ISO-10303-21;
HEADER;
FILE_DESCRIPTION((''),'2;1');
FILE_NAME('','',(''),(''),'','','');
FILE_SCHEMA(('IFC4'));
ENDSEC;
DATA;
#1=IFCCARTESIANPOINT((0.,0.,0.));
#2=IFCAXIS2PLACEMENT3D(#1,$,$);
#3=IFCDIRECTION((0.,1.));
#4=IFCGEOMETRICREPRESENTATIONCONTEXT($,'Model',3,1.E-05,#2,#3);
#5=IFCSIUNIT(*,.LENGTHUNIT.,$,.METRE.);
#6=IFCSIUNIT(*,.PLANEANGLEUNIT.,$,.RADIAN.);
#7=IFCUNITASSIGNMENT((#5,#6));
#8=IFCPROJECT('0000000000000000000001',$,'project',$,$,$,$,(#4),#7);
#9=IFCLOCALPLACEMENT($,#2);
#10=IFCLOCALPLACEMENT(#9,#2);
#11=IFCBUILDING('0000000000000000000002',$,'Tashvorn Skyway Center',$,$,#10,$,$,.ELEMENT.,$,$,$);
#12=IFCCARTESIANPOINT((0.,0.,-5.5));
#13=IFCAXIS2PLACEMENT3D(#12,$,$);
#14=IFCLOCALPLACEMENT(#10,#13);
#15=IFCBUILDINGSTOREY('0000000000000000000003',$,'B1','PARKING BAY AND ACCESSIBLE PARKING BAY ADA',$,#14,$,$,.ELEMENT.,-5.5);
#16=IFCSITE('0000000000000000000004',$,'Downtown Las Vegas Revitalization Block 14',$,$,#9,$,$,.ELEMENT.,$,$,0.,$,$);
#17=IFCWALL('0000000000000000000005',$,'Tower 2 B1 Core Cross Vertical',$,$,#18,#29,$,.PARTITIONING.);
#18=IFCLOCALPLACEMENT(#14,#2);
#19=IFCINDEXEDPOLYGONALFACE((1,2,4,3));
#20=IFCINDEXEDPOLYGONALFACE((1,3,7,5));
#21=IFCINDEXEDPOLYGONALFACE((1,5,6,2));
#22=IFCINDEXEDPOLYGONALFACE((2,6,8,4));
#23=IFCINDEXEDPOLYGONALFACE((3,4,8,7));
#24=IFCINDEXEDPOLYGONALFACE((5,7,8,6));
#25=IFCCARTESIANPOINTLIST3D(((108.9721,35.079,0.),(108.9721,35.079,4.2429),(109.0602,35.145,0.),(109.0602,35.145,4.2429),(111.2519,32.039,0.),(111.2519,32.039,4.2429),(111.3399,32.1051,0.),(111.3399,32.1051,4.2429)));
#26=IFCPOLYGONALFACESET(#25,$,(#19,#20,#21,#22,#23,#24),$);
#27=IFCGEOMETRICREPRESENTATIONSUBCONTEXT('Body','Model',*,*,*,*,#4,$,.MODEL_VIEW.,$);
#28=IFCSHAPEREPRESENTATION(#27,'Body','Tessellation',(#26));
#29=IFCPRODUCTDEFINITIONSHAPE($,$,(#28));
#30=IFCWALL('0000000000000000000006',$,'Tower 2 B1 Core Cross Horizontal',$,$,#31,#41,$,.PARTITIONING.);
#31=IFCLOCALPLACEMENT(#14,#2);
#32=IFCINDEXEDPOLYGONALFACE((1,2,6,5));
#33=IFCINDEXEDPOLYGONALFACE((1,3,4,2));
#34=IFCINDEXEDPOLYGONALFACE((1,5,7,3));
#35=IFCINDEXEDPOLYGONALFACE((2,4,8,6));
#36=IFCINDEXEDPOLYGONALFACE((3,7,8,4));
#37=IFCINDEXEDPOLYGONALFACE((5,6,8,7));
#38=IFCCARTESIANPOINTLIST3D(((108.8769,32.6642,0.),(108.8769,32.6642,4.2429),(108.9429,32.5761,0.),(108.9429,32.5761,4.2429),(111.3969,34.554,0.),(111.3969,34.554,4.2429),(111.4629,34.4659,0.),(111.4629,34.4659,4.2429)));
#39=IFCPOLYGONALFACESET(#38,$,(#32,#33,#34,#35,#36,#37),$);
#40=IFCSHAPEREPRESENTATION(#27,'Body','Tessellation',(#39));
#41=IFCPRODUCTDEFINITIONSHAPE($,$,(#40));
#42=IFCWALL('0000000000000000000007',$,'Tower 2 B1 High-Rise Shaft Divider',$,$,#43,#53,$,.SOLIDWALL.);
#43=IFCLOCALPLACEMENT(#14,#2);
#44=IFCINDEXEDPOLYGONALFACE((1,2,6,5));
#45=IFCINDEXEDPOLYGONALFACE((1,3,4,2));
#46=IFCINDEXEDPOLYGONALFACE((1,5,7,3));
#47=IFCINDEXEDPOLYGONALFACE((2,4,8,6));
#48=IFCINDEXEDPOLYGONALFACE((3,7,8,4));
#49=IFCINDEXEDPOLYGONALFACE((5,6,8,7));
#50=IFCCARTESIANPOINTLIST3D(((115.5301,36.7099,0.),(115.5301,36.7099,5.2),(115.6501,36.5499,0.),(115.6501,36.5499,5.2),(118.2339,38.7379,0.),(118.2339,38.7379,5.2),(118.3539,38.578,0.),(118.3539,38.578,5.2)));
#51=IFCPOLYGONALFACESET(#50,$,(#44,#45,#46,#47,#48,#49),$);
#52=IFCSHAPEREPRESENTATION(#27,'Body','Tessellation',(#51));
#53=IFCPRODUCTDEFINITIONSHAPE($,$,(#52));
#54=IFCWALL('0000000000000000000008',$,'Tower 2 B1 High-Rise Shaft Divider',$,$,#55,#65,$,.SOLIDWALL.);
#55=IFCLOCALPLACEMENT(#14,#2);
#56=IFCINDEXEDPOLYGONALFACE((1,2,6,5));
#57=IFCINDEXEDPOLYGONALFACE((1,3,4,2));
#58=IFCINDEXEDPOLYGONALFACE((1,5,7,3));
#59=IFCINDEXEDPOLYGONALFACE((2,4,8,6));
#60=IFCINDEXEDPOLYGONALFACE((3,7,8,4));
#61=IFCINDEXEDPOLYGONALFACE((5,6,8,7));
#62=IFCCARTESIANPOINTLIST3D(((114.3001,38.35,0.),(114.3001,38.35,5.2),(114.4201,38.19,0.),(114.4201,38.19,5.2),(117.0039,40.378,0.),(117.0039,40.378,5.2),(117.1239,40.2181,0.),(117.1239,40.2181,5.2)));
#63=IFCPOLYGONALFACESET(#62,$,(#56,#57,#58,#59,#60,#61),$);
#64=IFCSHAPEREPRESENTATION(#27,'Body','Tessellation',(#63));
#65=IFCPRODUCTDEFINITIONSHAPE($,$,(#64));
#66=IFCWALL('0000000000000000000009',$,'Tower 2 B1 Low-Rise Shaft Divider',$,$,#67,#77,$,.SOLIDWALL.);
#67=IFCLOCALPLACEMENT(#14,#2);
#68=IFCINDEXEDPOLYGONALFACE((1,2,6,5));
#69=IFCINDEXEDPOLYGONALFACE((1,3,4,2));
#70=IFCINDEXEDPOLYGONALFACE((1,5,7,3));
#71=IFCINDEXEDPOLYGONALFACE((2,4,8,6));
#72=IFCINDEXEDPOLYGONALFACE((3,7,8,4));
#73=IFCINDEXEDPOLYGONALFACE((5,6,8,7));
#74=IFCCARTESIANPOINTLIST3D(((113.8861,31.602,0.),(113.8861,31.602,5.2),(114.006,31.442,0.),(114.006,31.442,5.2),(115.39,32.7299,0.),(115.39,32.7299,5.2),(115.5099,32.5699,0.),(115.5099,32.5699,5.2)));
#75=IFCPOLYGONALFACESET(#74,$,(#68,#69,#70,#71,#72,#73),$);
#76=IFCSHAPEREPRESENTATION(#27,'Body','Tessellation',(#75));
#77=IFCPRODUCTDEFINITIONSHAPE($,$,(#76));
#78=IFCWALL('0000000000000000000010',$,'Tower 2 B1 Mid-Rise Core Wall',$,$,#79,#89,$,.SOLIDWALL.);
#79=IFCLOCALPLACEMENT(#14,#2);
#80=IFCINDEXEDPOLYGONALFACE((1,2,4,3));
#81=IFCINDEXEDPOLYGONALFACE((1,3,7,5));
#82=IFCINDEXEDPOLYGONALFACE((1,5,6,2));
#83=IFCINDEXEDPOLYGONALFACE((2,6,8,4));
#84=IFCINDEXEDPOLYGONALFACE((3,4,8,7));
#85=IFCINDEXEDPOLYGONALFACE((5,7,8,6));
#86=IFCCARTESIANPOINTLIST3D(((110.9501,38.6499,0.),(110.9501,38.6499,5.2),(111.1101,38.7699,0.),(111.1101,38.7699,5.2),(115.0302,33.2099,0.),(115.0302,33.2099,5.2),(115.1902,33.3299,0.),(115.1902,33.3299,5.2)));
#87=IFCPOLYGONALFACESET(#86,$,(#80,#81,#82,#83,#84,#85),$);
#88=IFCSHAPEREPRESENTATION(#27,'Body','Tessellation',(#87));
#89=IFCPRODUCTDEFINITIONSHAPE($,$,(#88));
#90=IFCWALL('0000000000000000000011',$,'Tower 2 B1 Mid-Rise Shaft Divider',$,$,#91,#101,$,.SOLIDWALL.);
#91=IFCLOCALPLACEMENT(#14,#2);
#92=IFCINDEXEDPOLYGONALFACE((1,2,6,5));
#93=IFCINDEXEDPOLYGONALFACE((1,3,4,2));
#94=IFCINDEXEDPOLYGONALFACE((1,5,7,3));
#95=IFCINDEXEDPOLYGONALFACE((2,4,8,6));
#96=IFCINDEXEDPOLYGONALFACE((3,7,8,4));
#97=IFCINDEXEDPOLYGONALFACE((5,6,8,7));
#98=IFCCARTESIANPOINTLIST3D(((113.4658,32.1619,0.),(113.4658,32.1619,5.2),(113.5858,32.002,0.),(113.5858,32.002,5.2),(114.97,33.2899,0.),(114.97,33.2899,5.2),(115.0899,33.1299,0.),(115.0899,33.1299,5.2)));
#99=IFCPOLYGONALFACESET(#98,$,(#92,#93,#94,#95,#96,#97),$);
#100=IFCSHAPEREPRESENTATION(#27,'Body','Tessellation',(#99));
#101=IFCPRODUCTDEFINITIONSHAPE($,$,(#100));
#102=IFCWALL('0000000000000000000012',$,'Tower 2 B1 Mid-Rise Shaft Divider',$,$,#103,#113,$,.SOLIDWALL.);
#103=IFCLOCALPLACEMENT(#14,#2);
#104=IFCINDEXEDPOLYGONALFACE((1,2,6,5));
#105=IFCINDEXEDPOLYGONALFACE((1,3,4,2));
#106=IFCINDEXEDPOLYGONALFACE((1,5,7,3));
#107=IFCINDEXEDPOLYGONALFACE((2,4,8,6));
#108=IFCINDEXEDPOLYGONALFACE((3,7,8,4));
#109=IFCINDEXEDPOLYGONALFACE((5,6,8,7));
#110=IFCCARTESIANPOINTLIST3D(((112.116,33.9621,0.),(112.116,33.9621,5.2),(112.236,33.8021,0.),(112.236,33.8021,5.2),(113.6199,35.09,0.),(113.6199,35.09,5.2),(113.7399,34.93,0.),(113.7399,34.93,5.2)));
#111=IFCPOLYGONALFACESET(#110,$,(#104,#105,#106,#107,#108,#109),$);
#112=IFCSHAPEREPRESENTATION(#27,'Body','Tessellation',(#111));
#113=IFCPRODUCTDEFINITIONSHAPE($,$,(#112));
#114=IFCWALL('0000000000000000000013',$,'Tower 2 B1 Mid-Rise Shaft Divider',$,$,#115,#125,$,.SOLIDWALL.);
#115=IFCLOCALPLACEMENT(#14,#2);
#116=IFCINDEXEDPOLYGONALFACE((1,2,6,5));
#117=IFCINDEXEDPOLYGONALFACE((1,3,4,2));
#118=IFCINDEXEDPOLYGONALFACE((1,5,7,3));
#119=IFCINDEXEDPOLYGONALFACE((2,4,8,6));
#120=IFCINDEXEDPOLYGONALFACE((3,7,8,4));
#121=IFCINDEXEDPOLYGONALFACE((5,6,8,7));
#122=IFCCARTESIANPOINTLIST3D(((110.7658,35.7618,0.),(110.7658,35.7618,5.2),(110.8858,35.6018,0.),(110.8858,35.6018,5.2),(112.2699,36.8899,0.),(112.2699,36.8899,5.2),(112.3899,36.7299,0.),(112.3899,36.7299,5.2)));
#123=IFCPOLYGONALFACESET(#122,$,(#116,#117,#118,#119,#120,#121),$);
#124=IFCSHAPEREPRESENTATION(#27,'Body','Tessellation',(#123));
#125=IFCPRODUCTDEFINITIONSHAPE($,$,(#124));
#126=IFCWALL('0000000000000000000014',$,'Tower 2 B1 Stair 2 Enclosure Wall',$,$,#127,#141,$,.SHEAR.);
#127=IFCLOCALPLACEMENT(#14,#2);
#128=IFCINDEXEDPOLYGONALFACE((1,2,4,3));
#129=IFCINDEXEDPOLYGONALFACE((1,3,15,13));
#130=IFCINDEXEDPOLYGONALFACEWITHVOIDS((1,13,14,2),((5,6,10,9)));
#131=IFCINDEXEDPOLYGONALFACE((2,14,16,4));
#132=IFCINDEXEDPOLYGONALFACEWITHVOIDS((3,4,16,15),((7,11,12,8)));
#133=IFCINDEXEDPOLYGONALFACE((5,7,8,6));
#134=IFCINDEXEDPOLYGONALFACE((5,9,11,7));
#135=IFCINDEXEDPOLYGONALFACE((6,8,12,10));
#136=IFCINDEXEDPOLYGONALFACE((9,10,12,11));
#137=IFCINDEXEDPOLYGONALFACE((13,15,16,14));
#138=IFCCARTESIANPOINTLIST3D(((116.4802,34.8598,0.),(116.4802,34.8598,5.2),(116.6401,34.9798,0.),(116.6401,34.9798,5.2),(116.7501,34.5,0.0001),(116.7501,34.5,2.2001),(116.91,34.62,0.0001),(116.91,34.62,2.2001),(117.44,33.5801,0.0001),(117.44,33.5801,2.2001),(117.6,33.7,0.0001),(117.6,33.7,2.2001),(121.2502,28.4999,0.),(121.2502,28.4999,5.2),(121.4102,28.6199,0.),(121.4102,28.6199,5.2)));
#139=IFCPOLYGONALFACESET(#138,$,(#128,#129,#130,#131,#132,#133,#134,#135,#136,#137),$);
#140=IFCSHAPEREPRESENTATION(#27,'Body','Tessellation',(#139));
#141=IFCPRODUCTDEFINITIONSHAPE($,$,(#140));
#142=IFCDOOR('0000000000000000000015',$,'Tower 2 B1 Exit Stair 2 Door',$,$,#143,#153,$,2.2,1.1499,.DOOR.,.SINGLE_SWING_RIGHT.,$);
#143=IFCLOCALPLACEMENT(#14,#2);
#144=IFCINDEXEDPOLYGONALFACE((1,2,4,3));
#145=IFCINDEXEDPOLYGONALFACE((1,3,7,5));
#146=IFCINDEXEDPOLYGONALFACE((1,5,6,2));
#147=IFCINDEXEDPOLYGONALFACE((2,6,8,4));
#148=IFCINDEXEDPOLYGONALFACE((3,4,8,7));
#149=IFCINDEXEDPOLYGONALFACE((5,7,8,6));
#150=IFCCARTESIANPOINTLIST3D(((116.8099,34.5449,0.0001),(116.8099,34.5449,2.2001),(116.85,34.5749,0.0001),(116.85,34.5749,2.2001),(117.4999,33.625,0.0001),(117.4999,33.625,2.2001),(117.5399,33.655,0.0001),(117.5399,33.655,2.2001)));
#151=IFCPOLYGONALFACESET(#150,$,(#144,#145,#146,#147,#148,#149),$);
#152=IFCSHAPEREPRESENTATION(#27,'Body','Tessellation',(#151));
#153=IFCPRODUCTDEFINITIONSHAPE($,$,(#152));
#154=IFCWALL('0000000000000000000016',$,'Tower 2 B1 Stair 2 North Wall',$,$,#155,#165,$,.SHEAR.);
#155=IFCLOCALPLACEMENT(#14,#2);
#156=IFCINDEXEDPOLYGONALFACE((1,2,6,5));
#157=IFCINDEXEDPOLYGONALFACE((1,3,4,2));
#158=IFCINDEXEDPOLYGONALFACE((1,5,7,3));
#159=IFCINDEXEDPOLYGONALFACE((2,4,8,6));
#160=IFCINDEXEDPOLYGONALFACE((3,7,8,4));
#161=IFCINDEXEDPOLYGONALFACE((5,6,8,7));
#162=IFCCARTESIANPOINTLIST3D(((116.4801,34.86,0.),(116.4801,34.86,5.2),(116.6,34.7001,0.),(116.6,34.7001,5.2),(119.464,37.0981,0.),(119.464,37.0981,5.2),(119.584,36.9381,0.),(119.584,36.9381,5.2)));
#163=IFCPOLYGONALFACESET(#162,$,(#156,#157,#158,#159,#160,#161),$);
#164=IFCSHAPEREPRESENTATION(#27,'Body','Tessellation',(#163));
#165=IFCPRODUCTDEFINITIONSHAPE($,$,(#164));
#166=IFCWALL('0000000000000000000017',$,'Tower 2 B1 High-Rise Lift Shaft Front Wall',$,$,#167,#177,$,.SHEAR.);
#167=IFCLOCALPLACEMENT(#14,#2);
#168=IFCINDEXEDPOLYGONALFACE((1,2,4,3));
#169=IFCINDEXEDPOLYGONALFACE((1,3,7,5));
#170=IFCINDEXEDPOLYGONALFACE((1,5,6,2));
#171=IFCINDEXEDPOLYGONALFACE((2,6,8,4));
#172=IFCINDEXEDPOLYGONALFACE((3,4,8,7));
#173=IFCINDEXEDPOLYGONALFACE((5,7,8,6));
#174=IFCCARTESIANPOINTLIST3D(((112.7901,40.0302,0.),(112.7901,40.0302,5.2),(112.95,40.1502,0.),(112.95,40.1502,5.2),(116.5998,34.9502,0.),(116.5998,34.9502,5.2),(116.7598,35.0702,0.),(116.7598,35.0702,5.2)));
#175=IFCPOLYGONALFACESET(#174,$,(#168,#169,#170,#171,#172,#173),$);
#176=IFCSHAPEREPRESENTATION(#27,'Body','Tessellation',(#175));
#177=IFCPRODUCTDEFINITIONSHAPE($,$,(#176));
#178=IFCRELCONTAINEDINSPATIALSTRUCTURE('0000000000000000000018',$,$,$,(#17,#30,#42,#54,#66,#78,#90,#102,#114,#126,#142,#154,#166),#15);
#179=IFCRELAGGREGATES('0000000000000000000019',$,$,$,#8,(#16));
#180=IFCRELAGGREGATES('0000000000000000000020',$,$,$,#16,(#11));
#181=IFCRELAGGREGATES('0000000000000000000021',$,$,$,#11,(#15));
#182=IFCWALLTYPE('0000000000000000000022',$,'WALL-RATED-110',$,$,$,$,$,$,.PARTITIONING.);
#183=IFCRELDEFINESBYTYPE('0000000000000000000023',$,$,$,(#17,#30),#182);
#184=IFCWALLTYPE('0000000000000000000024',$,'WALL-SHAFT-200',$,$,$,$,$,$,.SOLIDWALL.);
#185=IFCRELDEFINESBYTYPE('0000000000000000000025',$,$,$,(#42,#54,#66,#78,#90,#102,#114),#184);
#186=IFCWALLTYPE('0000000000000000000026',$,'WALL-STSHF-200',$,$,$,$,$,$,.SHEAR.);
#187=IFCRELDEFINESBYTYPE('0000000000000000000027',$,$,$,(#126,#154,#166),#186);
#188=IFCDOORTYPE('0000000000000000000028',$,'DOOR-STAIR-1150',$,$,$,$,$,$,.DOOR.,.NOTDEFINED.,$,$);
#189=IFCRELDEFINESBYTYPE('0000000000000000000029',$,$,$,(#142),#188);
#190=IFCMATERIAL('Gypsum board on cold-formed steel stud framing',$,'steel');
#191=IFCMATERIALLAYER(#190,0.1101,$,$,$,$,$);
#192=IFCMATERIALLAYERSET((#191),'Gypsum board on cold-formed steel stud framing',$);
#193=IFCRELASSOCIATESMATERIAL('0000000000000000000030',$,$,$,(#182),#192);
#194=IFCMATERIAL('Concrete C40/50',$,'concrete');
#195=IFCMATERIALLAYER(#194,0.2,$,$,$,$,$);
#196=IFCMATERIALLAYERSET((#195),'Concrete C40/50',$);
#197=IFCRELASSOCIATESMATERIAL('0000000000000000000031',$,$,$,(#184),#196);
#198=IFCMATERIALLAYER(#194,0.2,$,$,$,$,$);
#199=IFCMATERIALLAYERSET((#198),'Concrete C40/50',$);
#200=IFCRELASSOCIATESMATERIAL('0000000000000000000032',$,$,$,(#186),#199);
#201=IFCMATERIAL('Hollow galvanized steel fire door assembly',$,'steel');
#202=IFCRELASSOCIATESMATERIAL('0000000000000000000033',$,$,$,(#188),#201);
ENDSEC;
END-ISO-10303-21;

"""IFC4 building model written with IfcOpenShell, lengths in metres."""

from ifc_helpers import new_model, si_unit, direction, frame, frame_2d, origin, place, context, subcontext, project, spatial, rectangle, extrude, material, layer, layer_set, type_object, element, fill, save


model = new_model("IFC4")

# Units and contexts
model_context = context("Model", 3, precision=1e-05, world=origin(), true_north=direction((0.0, 1.0)))
body_context = subcontext(model_context, "Body", "Model", "MODEL_VIEW")
ifc_project = project(units=[si_unit("LENGTHUNIT", "METRE"), si_unit("PLANEANGLEUNIT", "RADIAN")], contexts=[model_context])

# Site, building, storey
site_placement = place(None, origin())
site = spatial("IfcSite", under=ifc_project, at=site_placement, Name="Downtown Las Vegas Revitalization Block 14", CompositionType="ELEMENT", RefElevation=0.0)
building_placement = place(site_placement, origin())
building = spatial("IfcBuilding", under=site, at=building_placement, Name="Tashvorn Skyway Center", CompositionType="ELEMENT")
storey_placement = place(building_placement, frame((0.0, 0.0, -5.5)))
storey = spatial("IfcBuildingStorey", under=building, at=storey_placement, Name="B1", Description="PARKING BAY AND ACCESSIBLE PARKING BAY ADA", CompositionType="ELEMENT", Elevation=-5.5)

# Shared definitions
ifc_material_1 = material(Name="Concrete C40/50", Category="concrete")
ifc_material_2 = material(Name="Hollow galvanized steel fire door assembly", Category="steel")

# Walls
ifc_material_3 = material(Name="Gypsum board on cold-formed steel stud framing", Category="steel")
ifc_layer_1 = layer(ifc_material_3, 0.1101)
ifc_layer_set_1 = layer_set([ifc_layer_1], Name="Gypsum board on cold-formed steel stud framing")
wall_type_1 = type_object("IfcWallType", Name="WALL-RATED-110", PredefinedType="PARTITIONING", material=ifc_layer_set_1)
wall_1_placement = place(storey_placement, frame((111.2959, 32.072, 0.0), z_axis=(0.0, 0.0, 1.0), x_axis=(-0.599959, 0.800031, 0.0)))
element("IfcWall", 1, at=wall_1_placement, inside=storey, type_object=wall_type_1, Name="Tower 2 B1 Core Cross Vertical", PredefinedType="PARTITIONING", context=body_context, shape_type="SweptSolid", body=[
    extrude(rectangle(XDim=3.7998, YDim=0.1101, at=frame_2d((1.8999, 0.0))), origin(), (0.0, 0.0, 1.0), 4.2429),
])
wall_2_placement = place(storey_placement, frame((108.9099, 32.6201, 0.0), z_axis=(0.0, 0.0, 1.0), x_axis=(0.800019, 0.599975, 0.0)))
element("IfcWall", 2, at=wall_2_placement, inside=storey, type_object=wall_type_1, Name="Tower 2 B1 Core Cross Horizontal", PredefinedType="PARTITIONING", context=body_context, shape_type="SweptSolid", body=[
    extrude(rectangle(XDim=3.1499, YDim=0.1101, at=frame_2d((1.575, 0.0))), origin(), (0.0, 0.0, 1.0), 4.2429),
])
ifc_layer_2 = layer(ifc_material_1, 0.2)
ifc_layer_set_2 = layer_set([ifc_layer_2], Name="Concrete C40/50")
wall_type_2 = type_object("IfcWallType", Name="WALL-SHAFT-200", PredefinedType="SOLIDWALL", material=ifc_layer_set_2)
for number, where, z_axis, x_axis, name in (
    (3, (115.5901, 36.6299, 0.0), (0.0, 0.0, 1.0), (0.799974, 0.600035, 0.0), "Tower 2 B1 High-Rise Shaft Divider"),
    (4, (114.3601, 38.27, 0.0), (0.0, 0.0, 1.0), (0.799974, 0.600035, 0.0), "Tower 2 B1 High-Rise Shaft Divider"),
):
    element("IfcWall", number, at=place(storey_placement, frame(where, z_axis=z_axis, x_axis=x_axis)), inside=storey, type_object=wall_type_2, Name=name, PredefinedType="SOLIDWALL", context=body_context, shape_type="SweptSolid", body=[
        extrude(rectangle(XDim=3.3799, YDim=0.2, at=frame_2d((1.6899, 0.0))), origin(), (0.0, 0.0, 1.0), 5.2),
    ])
wall_3_placement = place(storey_placement, frame((113.946, 31.522, 0.0), z_axis=(0.0, 0.0, 1.0), x_axis=(0.8, 0.6, 0.0)))
element("IfcWall", 5, at=wall_3_placement, inside=storey, type_object=wall_type_2, Name="Tower 2 B1 Low-Rise Shaft Divider", PredefinedType="SOLIDWALL", context=body_context, shape_type="SweptSolid", body=[
    extrude(rectangle(XDim=1.8799, YDim=0.2, at=frame_2d((0.9399, 0.0))), origin(), (0.0, 0.0, 1.0), 5.2),
])
wall_4_placement = place(storey_placement, frame((115.1101, 33.27, 0.0), z_axis=(0.0, 0.0, 1.0), x_axis=(-0.600011, 0.799991, 0.0)))
element("IfcWall", 6, at=wall_4_placement, inside=storey, type_object=wall_type_2, Name="Tower 2 B1 Mid-Rise Core Wall", PredefinedType="SOLIDWALL", context=body_context, shape_type="SweptSolid", body=[
    extrude(rectangle(XDim=6.8, YDim=0.2, at=frame_2d((3.3999, 0.0))), origin(), (0.0, 0.0, 1.0), 5.2),
])
wall_5_placement = place(storey_placement, frame((113.5259, 32.082, 0.0), z_axis=(0.0, 0.0, 1.0), x_axis=(0.800047, 0.599938, 0.0)))
element("IfcWall", 7, at=wall_5_placement, inside=storey, type_object=wall_type_2, Name="Tower 2 B1 Mid-Rise Shaft Divider", PredefinedType="SOLIDWALL", context=body_context, shape_type="SweptSolid", body=[
    extrude(rectangle(XDim=1.8801, YDim=0.2, at=frame_2d((0.9399, 0.0))), origin(), (0.0, 0.0, 1.0), 5.2),
])
wall_6_placement = place(storey_placement, frame((112.176, 33.8821, 0.0), z_axis=(0.0, 0.0, 1.0), x_axis=(0.8, 0.6, 0.0)))
element("IfcWall", 8, at=wall_6_placement, inside=storey, type_object=wall_type_2, Name="Tower 2 B1 Mid-Rise Shaft Divider", PredefinedType="SOLIDWALL", context=body_context, shape_type="SweptSolid", body=[
    extrude(rectangle(XDim=1.8799, YDim=0.2, at=frame_2d((0.9399, 0.0))), origin(), (0.0, 0.0, 1.0), 5.2),
])
wall_7_placement = place(storey_placement, frame((110.8259, 35.6819, 0.0), z_axis=(0.0, 0.0, 1.0), x_axis=(0.799984, 0.600021, 0.0)))
element("IfcWall", 9, at=wall_7_placement, inside=storey, type_object=wall_type_2, Name="Tower 2 B1 Mid-Rise Shaft Divider", PredefinedType="SOLIDWALL", context=body_context, shape_type="SweptSolid", body=[
    extrude(rectangle(XDim=1.8801, YDim=0.2, at=frame_2d((0.9399, 0.0))), origin(), (0.0, 0.0, 1.0), 5.2),
])

# Wall, opening, door
ifc_layer_3 = layer(ifc_material_1, 0.2)
ifc_layer_set_3 = layer_set([ifc_layer_3], Name="Concrete C40/50")
wall_type_3 = type_object("IfcWallType", Name="WALL-STSHF-200", PredefinedType="SHEAR", material=ifc_layer_set_3)
wall_8_placement = place(storey_placement, frame((116.5601, 34.9199, 0.0), z_axis=(0.0, 0.0, 1.0), x_axis=(0.60001, -0.799993, 0.0)))
wall_8 = element("IfcWall", 10, at=wall_8_placement, inside=storey, type_object=wall_type_3, Name="Tower 2 B1 Stair 2 Enclosure Wall", PredefinedType="SHEAR", context=body_context, shape_type="SweptSolid", body=[
    extrude(rectangle(XDim=7.95, YDim=0.2, at=frame_2d((3.9751, 0.0))), origin(), (0.0, 0.0, 1.0), 5.2),
])
opening_1_placement = place(wall_8_placement, frame((0.45, 0.0, 0.0)))
opening_1 = element("IfcOpeningElement", 11, at=opening_1_placement, cuts=wall_8, PredefinedType="OPENING", context=body_context, shape_type="SweptSolid", body=[
    extrude(rectangle(XDim=1.1499, YDim=2.2, at=frame_2d((0.575, 1.1001))), frame((0.0, 0.1099, 0.0), z_axis=(0.0, -1.0, 0.0), x_axis=(1.0, 0.0, 0.0)), (0.0, 0.0, 1.0), 0.22),
])
door_type_1 = type_object("IfcDoorType", Name="DOOR-STAIR-1150", OperationType="NOTDEFINED", PredefinedType="DOOR", material=ifc_material_2)
door_1_placement = place(opening_1_placement, origin())
door_1 = element("IfcDoor", 12, at=door_1_placement, inside=storey, type_object=door_type_1, Name="Tower 2 B1 Exit Stair 2 Door", OperationType="SINGLE_SWING_RIGHT", OverallHeight=2.2, OverallWidth=1.1499, PredefinedType="DOOR", context=body_context, shape_type="SweptSolid", body=[
    extrude(rectangle(XDim=1.1499, YDim=2.2, at=frame_2d((0.575, 1.1001))), frame((0.0, 0.0249, 0.0), z_axis=(0.0, -1.0, 0.0), x_axis=(1.0, 0.0, 0.0)), (0.0, 0.0, 1.0), 0.05),
])
fill(opening_1, door_1)

# Walls
wall_9_placement = place(storey_placement, frame((116.54, 34.78, 0.0), z_axis=(0.0, 0.0, 1.0), x_axis=(0.799984, 0.600021, 0.0)))
element("IfcWall", 13, at=wall_9_placement, inside=storey, type_object=wall_type_3, Name="Tower 2 B1 Stair 2 North Wall", PredefinedType="SHEAR", context=body_context, shape_type="SweptSolid", body=[
    extrude(rectangle(XDim=3.73, YDim=0.2, at=frame_2d((1.865, 0.0))), origin(), (0.0, 0.0, 1.0), 5.2),
])
wall_10_placement = place(storey_placement, frame((112.8701, 40.0901, 0.0), z_axis=(0.0, 0.0, 1.0), x_axis=(0.599975, -0.800018, 0.0)))
element("IfcWall", 14, at=wall_10_placement, inside=storey, type_object=wall_type_3, Name="Tower 2 B1 High-Rise Lift Shaft Front Wall", PredefinedType="SHEAR", context=body_context, shape_type="SweptSolid", body=[
    extrude(rectangle(XDim=6.3499, YDim=0.2, at=frame_2d((3.1748, 0.0))), origin(), (0.0, 0.0, 1.0), 5.2),
])

save(model, "model.ifc")
